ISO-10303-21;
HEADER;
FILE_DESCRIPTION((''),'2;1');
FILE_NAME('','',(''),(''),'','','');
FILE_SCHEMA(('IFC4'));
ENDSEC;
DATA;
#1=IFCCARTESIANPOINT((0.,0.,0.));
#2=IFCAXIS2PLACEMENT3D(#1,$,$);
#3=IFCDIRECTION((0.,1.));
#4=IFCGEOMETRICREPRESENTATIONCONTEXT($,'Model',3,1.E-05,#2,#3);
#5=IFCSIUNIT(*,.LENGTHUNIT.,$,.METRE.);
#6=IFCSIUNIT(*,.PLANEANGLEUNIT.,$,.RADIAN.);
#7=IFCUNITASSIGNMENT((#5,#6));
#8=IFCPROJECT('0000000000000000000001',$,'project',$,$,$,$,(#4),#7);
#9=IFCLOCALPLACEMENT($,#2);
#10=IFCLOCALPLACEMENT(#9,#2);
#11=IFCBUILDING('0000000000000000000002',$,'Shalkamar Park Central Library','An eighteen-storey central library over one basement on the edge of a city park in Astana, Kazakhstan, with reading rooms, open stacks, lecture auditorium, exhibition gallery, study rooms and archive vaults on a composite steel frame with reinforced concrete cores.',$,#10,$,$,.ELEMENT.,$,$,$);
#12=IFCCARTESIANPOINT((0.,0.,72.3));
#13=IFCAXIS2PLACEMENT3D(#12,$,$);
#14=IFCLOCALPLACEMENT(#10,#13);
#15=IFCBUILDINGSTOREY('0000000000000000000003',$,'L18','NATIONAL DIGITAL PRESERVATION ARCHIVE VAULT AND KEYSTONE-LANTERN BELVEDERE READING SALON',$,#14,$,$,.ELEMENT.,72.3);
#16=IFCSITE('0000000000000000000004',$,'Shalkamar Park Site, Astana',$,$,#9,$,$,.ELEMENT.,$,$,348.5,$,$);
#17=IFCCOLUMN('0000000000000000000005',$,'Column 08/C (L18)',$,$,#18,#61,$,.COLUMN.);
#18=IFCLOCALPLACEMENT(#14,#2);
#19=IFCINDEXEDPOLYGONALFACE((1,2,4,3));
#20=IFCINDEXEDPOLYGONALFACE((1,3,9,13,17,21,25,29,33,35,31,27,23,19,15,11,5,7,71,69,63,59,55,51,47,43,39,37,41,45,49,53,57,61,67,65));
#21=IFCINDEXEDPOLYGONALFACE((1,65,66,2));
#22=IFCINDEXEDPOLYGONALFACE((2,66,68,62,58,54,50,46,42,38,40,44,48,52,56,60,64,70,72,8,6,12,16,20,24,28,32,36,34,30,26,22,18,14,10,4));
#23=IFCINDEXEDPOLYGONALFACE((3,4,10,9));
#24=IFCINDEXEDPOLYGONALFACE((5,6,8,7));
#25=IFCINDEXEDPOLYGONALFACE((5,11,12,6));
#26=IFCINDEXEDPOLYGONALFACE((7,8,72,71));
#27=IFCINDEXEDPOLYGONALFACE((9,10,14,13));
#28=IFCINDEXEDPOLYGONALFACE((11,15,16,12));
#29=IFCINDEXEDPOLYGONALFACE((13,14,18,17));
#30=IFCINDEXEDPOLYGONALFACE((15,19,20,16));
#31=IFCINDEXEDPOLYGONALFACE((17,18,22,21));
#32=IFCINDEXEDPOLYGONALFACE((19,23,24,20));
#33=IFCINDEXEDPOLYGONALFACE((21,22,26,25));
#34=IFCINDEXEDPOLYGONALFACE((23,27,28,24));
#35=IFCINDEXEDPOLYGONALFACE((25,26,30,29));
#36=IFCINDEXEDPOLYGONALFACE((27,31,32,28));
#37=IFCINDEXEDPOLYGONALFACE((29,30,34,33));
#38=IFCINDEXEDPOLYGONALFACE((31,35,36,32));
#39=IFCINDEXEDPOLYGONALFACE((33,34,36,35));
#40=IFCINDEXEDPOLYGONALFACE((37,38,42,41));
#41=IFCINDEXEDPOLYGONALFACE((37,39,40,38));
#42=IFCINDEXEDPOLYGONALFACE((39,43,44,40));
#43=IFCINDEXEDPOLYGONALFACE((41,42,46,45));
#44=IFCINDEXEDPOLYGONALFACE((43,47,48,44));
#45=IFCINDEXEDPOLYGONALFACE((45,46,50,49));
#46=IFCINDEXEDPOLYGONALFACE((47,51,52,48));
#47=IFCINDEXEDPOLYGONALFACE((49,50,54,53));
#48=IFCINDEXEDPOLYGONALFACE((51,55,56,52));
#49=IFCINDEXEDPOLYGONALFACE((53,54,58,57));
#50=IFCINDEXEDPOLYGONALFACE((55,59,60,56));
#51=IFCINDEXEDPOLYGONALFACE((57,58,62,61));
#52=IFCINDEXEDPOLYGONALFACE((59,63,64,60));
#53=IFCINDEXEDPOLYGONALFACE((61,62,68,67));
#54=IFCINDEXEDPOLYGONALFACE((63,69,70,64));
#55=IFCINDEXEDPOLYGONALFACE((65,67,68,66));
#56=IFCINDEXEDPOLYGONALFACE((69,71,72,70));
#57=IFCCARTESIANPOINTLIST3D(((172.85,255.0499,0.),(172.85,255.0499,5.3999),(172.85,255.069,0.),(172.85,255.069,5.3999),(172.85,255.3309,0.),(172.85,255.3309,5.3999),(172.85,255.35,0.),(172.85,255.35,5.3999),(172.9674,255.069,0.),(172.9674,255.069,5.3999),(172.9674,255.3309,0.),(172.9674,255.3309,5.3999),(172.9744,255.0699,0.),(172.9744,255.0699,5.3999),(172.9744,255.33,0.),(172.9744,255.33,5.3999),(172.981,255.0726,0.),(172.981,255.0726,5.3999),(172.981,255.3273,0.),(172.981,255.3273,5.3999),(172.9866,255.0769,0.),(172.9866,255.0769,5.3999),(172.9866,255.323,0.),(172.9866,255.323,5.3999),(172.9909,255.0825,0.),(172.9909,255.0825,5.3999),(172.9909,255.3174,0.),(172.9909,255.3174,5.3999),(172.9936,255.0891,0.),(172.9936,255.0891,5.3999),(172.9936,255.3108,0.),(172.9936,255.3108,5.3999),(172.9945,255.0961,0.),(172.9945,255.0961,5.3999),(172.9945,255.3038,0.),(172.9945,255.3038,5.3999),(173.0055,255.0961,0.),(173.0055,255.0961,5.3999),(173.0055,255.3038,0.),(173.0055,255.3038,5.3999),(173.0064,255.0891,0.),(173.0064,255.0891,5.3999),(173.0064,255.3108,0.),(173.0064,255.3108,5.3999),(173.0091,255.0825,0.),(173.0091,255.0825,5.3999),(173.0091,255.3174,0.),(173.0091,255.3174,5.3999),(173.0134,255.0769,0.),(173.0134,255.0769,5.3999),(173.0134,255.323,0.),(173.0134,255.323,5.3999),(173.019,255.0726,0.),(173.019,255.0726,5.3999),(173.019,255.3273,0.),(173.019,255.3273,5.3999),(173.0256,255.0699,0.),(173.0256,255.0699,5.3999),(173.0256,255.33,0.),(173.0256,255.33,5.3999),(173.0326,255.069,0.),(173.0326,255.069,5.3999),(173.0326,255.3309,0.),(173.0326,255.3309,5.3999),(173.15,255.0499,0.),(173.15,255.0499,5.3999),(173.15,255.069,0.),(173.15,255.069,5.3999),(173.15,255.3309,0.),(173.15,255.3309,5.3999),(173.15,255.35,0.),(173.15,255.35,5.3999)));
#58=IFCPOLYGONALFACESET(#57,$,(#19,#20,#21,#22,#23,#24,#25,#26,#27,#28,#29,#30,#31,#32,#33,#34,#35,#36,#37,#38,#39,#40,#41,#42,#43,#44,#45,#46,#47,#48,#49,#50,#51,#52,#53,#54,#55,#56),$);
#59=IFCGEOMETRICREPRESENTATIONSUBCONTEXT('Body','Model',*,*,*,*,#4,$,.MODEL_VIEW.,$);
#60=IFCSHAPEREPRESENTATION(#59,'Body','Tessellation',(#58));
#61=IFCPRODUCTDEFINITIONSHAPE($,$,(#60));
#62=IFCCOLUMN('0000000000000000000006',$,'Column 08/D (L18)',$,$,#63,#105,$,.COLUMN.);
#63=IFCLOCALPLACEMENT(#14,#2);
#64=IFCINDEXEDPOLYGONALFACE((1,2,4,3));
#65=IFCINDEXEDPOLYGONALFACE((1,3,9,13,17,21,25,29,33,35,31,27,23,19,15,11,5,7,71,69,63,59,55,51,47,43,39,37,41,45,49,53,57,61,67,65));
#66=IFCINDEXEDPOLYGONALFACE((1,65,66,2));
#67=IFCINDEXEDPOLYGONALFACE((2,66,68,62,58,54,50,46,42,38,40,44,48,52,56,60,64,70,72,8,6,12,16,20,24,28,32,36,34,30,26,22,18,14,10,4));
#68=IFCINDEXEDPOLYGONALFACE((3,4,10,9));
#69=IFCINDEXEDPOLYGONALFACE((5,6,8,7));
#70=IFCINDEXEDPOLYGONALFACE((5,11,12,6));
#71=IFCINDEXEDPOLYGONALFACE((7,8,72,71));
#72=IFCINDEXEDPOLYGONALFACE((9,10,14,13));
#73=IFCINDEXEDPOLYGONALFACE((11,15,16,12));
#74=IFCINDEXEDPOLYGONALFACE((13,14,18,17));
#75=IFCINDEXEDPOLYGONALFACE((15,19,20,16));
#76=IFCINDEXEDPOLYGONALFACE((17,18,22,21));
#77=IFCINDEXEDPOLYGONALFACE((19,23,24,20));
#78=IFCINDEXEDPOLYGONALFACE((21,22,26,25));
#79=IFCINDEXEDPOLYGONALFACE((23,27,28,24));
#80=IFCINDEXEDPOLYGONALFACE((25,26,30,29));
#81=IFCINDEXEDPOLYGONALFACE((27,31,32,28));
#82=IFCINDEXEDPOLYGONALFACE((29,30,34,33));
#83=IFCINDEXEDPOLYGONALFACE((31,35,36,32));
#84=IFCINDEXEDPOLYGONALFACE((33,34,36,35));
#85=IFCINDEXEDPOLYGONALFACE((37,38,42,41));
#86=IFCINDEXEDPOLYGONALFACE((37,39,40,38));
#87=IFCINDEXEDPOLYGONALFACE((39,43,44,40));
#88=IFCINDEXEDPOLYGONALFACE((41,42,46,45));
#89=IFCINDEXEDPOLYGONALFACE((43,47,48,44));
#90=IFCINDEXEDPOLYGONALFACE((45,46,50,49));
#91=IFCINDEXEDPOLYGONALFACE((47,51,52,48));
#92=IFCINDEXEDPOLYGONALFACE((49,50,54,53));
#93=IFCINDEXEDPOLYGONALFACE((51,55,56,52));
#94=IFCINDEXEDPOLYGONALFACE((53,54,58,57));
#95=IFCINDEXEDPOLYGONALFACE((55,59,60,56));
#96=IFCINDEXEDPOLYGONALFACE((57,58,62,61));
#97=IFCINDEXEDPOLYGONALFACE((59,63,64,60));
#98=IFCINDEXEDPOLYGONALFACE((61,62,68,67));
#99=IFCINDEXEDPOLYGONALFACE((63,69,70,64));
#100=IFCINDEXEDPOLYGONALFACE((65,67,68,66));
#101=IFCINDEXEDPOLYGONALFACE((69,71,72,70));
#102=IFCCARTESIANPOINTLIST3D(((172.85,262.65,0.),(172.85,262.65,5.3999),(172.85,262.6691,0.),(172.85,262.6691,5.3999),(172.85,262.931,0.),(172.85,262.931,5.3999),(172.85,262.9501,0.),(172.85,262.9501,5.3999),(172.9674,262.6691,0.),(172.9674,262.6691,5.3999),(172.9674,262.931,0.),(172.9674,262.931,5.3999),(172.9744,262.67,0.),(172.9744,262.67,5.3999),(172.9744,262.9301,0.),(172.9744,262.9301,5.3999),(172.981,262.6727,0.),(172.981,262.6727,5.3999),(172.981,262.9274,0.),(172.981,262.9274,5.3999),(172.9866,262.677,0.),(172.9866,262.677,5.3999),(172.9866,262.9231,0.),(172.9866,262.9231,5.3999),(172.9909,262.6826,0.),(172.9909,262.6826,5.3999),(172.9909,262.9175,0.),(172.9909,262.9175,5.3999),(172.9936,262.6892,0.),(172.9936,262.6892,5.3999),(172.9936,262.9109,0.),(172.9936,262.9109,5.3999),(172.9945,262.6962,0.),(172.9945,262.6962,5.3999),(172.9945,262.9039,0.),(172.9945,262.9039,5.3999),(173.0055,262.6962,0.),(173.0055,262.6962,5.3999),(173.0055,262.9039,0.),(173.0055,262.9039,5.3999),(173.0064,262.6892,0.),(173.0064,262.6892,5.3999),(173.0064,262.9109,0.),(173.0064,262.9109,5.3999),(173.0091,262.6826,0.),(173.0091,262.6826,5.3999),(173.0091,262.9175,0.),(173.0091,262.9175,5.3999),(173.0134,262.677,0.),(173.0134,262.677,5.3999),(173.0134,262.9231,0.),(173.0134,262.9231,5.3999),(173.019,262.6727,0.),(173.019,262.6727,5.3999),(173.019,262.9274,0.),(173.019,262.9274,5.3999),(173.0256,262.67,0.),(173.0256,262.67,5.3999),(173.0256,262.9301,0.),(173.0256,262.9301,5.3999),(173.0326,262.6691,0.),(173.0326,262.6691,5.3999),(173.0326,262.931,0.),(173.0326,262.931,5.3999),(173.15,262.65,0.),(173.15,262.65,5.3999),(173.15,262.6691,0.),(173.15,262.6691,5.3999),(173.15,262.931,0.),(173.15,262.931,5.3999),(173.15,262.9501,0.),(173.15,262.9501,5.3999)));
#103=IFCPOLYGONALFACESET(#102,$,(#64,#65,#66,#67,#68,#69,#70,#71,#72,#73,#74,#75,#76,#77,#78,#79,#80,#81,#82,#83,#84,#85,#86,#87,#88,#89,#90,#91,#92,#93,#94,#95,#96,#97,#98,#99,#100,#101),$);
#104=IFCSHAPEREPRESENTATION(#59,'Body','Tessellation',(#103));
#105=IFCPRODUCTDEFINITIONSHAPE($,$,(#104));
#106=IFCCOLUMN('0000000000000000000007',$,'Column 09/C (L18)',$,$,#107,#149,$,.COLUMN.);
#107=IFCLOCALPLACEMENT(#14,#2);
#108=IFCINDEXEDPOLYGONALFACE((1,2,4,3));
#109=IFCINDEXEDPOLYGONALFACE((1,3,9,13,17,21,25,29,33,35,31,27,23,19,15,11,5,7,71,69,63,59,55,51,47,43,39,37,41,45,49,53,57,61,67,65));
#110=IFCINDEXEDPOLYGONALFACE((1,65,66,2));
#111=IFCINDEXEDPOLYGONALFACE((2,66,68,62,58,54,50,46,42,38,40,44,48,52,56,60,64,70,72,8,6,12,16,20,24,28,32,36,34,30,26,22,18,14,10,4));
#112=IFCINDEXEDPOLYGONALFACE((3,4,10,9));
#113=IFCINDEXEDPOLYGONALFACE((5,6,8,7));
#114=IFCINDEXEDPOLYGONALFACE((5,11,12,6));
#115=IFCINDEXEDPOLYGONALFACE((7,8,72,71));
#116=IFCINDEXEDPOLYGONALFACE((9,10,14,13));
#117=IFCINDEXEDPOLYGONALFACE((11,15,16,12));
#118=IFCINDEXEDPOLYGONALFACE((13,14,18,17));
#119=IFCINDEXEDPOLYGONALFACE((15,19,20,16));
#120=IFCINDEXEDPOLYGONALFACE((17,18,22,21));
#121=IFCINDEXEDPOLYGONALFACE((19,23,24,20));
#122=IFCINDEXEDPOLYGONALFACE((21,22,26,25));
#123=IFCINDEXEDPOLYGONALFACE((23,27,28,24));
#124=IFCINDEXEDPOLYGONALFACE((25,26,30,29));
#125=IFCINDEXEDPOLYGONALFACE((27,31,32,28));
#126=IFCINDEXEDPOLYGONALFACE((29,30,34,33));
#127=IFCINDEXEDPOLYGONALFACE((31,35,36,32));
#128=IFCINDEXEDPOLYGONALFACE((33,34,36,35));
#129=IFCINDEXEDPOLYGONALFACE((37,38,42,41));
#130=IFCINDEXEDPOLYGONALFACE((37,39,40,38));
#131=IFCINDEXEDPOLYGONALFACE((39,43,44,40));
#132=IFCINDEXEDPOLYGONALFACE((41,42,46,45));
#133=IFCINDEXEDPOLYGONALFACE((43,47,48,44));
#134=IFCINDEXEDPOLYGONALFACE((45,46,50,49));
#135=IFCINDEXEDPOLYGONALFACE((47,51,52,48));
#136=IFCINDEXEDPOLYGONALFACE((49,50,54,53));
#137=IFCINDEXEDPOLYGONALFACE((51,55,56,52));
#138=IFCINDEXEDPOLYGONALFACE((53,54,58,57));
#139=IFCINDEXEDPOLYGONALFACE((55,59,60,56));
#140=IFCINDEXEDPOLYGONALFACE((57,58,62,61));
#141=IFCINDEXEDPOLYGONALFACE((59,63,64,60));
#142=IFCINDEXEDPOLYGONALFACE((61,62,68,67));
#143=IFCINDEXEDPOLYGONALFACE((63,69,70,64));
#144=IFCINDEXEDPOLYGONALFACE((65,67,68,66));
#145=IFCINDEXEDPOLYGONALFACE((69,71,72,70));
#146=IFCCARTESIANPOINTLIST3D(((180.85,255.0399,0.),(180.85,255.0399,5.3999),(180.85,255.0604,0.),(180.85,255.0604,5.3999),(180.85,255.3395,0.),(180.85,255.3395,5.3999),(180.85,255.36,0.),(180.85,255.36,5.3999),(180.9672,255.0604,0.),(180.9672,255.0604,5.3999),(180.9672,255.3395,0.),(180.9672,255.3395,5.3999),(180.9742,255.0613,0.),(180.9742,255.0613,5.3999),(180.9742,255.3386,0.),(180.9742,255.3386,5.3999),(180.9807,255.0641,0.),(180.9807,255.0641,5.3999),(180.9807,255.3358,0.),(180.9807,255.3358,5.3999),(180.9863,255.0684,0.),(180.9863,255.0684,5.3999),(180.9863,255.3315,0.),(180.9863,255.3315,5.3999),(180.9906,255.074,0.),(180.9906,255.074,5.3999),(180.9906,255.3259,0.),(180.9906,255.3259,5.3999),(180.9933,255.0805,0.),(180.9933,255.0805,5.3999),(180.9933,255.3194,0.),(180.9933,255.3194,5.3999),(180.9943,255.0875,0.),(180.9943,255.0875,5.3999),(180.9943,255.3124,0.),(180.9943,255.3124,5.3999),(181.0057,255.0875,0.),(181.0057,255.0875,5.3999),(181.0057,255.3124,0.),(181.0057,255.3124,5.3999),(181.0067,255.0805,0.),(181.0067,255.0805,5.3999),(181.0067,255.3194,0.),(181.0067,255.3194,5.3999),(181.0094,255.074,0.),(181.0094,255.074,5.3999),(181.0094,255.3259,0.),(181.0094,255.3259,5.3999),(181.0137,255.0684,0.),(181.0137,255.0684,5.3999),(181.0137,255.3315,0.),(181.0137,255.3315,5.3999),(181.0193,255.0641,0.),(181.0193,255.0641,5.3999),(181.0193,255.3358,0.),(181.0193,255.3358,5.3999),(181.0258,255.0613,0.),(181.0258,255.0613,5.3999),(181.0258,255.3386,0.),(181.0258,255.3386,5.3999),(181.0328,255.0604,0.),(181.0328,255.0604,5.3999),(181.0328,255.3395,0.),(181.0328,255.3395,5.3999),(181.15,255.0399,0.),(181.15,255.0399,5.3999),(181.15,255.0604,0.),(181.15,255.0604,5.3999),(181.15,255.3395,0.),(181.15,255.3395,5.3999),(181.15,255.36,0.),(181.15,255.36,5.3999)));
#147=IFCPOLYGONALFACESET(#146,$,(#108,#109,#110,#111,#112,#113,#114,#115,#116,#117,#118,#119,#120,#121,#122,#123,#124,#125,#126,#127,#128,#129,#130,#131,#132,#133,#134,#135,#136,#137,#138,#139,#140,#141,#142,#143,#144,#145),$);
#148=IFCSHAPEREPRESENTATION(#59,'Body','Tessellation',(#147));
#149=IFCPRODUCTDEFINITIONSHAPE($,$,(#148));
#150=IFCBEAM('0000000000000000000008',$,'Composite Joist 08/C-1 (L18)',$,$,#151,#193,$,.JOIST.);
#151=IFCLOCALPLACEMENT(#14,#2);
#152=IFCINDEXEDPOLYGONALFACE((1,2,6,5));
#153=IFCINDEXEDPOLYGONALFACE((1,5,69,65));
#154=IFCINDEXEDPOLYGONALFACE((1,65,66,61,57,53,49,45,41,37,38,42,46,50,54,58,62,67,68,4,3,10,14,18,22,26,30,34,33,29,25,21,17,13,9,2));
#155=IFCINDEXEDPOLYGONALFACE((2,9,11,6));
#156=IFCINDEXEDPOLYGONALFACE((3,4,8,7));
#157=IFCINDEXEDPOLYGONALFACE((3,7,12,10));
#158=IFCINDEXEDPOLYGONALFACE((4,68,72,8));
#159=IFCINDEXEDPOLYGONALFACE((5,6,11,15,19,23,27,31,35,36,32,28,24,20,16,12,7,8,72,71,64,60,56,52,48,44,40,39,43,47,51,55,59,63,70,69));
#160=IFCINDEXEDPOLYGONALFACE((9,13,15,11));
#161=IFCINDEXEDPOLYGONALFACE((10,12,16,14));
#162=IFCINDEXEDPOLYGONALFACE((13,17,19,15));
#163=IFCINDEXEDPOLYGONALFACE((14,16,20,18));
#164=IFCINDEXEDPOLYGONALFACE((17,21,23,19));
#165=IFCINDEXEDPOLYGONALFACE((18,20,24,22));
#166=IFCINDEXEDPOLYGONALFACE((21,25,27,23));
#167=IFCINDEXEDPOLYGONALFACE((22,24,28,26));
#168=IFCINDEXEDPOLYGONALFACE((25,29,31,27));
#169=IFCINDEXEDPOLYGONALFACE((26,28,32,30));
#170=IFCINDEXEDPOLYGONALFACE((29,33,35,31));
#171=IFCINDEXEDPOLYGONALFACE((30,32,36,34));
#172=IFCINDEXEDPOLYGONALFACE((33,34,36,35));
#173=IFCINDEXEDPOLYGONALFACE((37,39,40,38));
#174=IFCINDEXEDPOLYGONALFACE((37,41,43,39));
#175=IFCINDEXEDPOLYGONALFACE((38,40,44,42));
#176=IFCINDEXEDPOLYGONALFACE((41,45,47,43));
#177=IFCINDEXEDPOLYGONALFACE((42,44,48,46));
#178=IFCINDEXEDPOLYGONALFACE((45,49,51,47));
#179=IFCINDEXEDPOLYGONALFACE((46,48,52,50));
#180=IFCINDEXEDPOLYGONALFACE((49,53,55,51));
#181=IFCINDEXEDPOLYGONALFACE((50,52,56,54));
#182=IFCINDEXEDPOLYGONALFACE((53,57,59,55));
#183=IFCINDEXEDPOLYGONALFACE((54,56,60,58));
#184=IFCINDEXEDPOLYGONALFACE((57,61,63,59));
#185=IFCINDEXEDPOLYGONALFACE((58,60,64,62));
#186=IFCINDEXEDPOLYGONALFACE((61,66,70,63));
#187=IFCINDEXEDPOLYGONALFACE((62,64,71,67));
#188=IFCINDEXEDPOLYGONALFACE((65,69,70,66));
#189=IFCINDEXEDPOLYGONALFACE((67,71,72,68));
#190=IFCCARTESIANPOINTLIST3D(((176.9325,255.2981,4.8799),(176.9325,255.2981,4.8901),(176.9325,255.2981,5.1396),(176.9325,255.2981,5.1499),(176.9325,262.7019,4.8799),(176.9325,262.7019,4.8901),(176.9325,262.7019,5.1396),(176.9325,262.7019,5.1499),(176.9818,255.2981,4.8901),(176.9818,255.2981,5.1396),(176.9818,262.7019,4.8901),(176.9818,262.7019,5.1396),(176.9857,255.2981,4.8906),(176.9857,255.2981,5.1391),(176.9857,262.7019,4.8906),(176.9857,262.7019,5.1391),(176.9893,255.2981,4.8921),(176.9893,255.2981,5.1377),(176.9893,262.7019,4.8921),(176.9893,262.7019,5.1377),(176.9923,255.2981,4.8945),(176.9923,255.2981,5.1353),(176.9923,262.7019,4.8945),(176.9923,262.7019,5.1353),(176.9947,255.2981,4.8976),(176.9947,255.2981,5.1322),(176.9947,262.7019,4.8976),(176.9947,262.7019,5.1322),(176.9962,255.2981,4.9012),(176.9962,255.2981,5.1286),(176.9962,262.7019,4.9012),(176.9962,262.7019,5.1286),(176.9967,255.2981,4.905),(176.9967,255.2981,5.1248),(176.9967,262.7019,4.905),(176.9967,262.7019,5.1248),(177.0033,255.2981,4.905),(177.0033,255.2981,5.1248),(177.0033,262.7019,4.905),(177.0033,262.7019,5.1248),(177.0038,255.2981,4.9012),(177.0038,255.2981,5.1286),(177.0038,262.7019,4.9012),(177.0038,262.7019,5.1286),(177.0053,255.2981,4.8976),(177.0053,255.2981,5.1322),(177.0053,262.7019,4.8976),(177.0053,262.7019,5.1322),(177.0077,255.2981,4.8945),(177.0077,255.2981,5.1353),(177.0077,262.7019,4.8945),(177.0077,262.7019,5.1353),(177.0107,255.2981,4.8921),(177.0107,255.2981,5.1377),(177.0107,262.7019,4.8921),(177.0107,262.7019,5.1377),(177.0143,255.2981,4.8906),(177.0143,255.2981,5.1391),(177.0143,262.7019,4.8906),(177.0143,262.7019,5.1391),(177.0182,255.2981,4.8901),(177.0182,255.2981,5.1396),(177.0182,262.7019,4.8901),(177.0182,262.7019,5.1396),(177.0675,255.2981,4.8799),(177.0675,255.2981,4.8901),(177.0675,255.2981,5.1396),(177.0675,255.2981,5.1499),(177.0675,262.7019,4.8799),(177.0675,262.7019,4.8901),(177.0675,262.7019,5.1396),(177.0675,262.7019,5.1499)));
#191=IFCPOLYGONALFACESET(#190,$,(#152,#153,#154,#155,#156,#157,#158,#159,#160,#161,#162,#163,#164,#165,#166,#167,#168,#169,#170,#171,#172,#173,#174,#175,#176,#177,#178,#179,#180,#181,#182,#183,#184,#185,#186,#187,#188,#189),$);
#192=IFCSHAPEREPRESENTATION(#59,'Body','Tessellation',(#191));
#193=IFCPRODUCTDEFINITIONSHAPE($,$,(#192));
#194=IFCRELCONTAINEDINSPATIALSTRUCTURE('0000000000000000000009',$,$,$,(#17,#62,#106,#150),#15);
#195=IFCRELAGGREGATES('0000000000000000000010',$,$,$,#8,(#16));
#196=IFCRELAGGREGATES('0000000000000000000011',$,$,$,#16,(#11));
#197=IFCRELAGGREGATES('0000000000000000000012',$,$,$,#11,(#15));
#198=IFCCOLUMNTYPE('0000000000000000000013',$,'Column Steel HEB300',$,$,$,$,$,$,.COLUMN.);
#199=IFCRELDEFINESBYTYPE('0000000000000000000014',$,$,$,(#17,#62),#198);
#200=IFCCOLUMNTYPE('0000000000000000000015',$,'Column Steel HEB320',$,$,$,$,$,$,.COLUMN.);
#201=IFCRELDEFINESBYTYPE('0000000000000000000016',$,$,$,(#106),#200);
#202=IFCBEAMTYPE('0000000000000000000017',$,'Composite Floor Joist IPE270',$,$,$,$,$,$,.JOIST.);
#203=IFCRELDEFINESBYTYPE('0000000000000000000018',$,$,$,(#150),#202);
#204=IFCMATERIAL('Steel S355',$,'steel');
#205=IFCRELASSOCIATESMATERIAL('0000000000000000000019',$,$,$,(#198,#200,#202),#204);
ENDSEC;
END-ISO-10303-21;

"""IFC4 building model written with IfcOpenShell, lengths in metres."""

from ifc_helpers import new_model, si_unit, direction, frame, origin, origin_2d, place, context, subcontext, project, spatial, i_section, extrude, material, material_profile, profile_set, type_object, element, save


model = new_model("IFC4")

# Units and contexts
model_context = context("Model", 3, precision=1e-05, world=origin(), true_north=direction((0.0, 1.0)))
body_context = subcontext(model_context, "Body", "Model", "MODEL_VIEW")
ifc_project = project(units=[si_unit("LENGTHUNIT", "METRE"), si_unit("PLANEANGLEUNIT", "RADIAN")], contexts=[model_context])

# Site, building, storey
site_placement = place(None, origin())
site = spatial("IfcSite", under=ifc_project, at=site_placement, Name="Shalkamar Park Site, Astana", CompositionType="ELEMENT", RefElevation=348.5)
building_placement = place(site_placement, origin())
building = spatial("IfcBuilding", under=site, at=building_placement, Name="Shalkamar Park Central Library", Description="An eighteen-storey central library over one basement on the edge of a city park in Astana, Kazakhstan, with reading rooms, open stacks, lecture auditorium, exhibition gallery, study rooms and archive vaults on a composite steel frame with reinforced concrete cores.", CompositionType="ELEMENT")
storey_placement = place(building_placement, frame((0.0, 0.0, 72.3)))
storey = spatial("IfcBuildingStorey", under=building, at=storey_placement, Name="L18", Description="NATIONAL DIGITAL PRESERVATION ARCHIVE VAULT AND KEYSTONE-LANTERN BELVEDERE READING SALON", CompositionType="ELEMENT", Elevation=72.3)

# Columns
ifc_material_1 = material(Name="Steel S355", Category="steel")
ifc_material_profile_1 = material_profile(ifc_material_1, i_section(OverallWidth=0.3, OverallDepth=0.3, WebThickness=0.011, FlangeThickness=0.019, FilletRadius=0.0271, at=origin_2d()), Name="HEB 300")
ifc_profile_set_1 = profile_set([ifc_material_profile_1], Name="Steel S355")
column_type_1 = type_object("IfcColumnType", Name="Column Steel HEB300", PredefinedType="COLUMN", material=ifc_profile_set_1)
for number, where, z_axis, x_axis, name in (
    (1, (173.0, 255.2, 0.0), (0.0, 0.0, 1.0), (1.0, 0.0, 0.0), "Column 08/C (L18)"),
    (2, (173.0, 262.8, 0.0), (0.0, 0.0, 1.0), (1.0, 0.0, 0.0), "Column 08/D (L18)"),
):
    element("IfcColumn", number, at=place(storey_placement, frame(where, z_axis=z_axis, x_axis=x_axis)), inside=storey, type_object=column_type_1, Name=name, PredefinedType="COLUMN", context=body_context, shape_type="SweptSolid", body=[
        extrude(i_section(OverallWidth=0.3, OverallDepth=0.3, WebThickness=0.011, FlangeThickness=0.019, FilletRadius=0.0271, at=origin_2d()), origin(), (0.0, 0.0, 1.0), 5.3999),
    ])
ifc_material_profile_2 = material_profile(ifc_material_1, i_section(OverallWidth=0.3, OverallDepth=0.3201, WebThickness=0.0115, FlangeThickness=0.0205, FilletRadius=0.0271, at=origin_2d()), Name="HEB 320")
ifc_profile_set_2 = profile_set([ifc_material_profile_2], Name="Steel S355")
column_type_2 = type_object("IfcColumnType", Name="Column Steel HEB320", PredefinedType="COLUMN", material=ifc_profile_set_2)
column_placement = place(storey_placement, frame((181.0, 255.2, 0.0), z_axis=(0.0, 0.0, 1.0), x_axis=(1.0, 0.0, 0.0)))
element("IfcColumn", 3, at=column_placement, inside=storey, type_object=column_type_2, Name="Column 09/C (L18)", PredefinedType="COLUMN", context=body_context, shape_type="SweptSolid", body=[
    extrude(i_section(OverallWidth=0.3, OverallDepth=0.3201, WebThickness=0.0115, FlangeThickness=0.0205, FilletRadius=0.0271, at=origin_2d()), origin(), (0.0, 0.0, 1.0), 5.3999),
])

# Beam
ifc_material_profile_3 = material_profile(ifc_material_1, i_section(OverallWidth=0.135, OverallDepth=0.27, WebThickness=0.0066, FlangeThickness=0.0103, FilletRadius=0.0149, at=origin_2d()), Name="IPE 270")
ifc_profile_set_3 = profile_set([ifc_material_profile_3], Name="Steel S355")
beam_type_1 = type_object("IfcBeamType", Name="Composite Floor Joist IPE270", PredefinedType="JOIST", material=ifc_profile_set_3)
beam_placement = place(storey_placement, frame((177.0, 255.2981, 5.0149), z_axis=(0.0, 1.0, 0.0), x_axis=(-1.0, 0.0, 0.0)))
element("IfcBeam", 4, at=beam_placement, inside=storey, type_object=beam_type_1, Name="Composite Joist 08/C-1 (L18)", PredefinedType="JOIST", context=body_context, shape_type="SweptSolid", body=[
    extrude(i_section(OverallWidth=0.135, OverallDepth=0.27, WebThickness=0.0066, FlangeThickness=0.0103, FilletRadius=0.0149, at=origin_2d()), origin(), (0.0, 0.0, 1.0), 7.4038),
])

save(model, "model.ifc")
